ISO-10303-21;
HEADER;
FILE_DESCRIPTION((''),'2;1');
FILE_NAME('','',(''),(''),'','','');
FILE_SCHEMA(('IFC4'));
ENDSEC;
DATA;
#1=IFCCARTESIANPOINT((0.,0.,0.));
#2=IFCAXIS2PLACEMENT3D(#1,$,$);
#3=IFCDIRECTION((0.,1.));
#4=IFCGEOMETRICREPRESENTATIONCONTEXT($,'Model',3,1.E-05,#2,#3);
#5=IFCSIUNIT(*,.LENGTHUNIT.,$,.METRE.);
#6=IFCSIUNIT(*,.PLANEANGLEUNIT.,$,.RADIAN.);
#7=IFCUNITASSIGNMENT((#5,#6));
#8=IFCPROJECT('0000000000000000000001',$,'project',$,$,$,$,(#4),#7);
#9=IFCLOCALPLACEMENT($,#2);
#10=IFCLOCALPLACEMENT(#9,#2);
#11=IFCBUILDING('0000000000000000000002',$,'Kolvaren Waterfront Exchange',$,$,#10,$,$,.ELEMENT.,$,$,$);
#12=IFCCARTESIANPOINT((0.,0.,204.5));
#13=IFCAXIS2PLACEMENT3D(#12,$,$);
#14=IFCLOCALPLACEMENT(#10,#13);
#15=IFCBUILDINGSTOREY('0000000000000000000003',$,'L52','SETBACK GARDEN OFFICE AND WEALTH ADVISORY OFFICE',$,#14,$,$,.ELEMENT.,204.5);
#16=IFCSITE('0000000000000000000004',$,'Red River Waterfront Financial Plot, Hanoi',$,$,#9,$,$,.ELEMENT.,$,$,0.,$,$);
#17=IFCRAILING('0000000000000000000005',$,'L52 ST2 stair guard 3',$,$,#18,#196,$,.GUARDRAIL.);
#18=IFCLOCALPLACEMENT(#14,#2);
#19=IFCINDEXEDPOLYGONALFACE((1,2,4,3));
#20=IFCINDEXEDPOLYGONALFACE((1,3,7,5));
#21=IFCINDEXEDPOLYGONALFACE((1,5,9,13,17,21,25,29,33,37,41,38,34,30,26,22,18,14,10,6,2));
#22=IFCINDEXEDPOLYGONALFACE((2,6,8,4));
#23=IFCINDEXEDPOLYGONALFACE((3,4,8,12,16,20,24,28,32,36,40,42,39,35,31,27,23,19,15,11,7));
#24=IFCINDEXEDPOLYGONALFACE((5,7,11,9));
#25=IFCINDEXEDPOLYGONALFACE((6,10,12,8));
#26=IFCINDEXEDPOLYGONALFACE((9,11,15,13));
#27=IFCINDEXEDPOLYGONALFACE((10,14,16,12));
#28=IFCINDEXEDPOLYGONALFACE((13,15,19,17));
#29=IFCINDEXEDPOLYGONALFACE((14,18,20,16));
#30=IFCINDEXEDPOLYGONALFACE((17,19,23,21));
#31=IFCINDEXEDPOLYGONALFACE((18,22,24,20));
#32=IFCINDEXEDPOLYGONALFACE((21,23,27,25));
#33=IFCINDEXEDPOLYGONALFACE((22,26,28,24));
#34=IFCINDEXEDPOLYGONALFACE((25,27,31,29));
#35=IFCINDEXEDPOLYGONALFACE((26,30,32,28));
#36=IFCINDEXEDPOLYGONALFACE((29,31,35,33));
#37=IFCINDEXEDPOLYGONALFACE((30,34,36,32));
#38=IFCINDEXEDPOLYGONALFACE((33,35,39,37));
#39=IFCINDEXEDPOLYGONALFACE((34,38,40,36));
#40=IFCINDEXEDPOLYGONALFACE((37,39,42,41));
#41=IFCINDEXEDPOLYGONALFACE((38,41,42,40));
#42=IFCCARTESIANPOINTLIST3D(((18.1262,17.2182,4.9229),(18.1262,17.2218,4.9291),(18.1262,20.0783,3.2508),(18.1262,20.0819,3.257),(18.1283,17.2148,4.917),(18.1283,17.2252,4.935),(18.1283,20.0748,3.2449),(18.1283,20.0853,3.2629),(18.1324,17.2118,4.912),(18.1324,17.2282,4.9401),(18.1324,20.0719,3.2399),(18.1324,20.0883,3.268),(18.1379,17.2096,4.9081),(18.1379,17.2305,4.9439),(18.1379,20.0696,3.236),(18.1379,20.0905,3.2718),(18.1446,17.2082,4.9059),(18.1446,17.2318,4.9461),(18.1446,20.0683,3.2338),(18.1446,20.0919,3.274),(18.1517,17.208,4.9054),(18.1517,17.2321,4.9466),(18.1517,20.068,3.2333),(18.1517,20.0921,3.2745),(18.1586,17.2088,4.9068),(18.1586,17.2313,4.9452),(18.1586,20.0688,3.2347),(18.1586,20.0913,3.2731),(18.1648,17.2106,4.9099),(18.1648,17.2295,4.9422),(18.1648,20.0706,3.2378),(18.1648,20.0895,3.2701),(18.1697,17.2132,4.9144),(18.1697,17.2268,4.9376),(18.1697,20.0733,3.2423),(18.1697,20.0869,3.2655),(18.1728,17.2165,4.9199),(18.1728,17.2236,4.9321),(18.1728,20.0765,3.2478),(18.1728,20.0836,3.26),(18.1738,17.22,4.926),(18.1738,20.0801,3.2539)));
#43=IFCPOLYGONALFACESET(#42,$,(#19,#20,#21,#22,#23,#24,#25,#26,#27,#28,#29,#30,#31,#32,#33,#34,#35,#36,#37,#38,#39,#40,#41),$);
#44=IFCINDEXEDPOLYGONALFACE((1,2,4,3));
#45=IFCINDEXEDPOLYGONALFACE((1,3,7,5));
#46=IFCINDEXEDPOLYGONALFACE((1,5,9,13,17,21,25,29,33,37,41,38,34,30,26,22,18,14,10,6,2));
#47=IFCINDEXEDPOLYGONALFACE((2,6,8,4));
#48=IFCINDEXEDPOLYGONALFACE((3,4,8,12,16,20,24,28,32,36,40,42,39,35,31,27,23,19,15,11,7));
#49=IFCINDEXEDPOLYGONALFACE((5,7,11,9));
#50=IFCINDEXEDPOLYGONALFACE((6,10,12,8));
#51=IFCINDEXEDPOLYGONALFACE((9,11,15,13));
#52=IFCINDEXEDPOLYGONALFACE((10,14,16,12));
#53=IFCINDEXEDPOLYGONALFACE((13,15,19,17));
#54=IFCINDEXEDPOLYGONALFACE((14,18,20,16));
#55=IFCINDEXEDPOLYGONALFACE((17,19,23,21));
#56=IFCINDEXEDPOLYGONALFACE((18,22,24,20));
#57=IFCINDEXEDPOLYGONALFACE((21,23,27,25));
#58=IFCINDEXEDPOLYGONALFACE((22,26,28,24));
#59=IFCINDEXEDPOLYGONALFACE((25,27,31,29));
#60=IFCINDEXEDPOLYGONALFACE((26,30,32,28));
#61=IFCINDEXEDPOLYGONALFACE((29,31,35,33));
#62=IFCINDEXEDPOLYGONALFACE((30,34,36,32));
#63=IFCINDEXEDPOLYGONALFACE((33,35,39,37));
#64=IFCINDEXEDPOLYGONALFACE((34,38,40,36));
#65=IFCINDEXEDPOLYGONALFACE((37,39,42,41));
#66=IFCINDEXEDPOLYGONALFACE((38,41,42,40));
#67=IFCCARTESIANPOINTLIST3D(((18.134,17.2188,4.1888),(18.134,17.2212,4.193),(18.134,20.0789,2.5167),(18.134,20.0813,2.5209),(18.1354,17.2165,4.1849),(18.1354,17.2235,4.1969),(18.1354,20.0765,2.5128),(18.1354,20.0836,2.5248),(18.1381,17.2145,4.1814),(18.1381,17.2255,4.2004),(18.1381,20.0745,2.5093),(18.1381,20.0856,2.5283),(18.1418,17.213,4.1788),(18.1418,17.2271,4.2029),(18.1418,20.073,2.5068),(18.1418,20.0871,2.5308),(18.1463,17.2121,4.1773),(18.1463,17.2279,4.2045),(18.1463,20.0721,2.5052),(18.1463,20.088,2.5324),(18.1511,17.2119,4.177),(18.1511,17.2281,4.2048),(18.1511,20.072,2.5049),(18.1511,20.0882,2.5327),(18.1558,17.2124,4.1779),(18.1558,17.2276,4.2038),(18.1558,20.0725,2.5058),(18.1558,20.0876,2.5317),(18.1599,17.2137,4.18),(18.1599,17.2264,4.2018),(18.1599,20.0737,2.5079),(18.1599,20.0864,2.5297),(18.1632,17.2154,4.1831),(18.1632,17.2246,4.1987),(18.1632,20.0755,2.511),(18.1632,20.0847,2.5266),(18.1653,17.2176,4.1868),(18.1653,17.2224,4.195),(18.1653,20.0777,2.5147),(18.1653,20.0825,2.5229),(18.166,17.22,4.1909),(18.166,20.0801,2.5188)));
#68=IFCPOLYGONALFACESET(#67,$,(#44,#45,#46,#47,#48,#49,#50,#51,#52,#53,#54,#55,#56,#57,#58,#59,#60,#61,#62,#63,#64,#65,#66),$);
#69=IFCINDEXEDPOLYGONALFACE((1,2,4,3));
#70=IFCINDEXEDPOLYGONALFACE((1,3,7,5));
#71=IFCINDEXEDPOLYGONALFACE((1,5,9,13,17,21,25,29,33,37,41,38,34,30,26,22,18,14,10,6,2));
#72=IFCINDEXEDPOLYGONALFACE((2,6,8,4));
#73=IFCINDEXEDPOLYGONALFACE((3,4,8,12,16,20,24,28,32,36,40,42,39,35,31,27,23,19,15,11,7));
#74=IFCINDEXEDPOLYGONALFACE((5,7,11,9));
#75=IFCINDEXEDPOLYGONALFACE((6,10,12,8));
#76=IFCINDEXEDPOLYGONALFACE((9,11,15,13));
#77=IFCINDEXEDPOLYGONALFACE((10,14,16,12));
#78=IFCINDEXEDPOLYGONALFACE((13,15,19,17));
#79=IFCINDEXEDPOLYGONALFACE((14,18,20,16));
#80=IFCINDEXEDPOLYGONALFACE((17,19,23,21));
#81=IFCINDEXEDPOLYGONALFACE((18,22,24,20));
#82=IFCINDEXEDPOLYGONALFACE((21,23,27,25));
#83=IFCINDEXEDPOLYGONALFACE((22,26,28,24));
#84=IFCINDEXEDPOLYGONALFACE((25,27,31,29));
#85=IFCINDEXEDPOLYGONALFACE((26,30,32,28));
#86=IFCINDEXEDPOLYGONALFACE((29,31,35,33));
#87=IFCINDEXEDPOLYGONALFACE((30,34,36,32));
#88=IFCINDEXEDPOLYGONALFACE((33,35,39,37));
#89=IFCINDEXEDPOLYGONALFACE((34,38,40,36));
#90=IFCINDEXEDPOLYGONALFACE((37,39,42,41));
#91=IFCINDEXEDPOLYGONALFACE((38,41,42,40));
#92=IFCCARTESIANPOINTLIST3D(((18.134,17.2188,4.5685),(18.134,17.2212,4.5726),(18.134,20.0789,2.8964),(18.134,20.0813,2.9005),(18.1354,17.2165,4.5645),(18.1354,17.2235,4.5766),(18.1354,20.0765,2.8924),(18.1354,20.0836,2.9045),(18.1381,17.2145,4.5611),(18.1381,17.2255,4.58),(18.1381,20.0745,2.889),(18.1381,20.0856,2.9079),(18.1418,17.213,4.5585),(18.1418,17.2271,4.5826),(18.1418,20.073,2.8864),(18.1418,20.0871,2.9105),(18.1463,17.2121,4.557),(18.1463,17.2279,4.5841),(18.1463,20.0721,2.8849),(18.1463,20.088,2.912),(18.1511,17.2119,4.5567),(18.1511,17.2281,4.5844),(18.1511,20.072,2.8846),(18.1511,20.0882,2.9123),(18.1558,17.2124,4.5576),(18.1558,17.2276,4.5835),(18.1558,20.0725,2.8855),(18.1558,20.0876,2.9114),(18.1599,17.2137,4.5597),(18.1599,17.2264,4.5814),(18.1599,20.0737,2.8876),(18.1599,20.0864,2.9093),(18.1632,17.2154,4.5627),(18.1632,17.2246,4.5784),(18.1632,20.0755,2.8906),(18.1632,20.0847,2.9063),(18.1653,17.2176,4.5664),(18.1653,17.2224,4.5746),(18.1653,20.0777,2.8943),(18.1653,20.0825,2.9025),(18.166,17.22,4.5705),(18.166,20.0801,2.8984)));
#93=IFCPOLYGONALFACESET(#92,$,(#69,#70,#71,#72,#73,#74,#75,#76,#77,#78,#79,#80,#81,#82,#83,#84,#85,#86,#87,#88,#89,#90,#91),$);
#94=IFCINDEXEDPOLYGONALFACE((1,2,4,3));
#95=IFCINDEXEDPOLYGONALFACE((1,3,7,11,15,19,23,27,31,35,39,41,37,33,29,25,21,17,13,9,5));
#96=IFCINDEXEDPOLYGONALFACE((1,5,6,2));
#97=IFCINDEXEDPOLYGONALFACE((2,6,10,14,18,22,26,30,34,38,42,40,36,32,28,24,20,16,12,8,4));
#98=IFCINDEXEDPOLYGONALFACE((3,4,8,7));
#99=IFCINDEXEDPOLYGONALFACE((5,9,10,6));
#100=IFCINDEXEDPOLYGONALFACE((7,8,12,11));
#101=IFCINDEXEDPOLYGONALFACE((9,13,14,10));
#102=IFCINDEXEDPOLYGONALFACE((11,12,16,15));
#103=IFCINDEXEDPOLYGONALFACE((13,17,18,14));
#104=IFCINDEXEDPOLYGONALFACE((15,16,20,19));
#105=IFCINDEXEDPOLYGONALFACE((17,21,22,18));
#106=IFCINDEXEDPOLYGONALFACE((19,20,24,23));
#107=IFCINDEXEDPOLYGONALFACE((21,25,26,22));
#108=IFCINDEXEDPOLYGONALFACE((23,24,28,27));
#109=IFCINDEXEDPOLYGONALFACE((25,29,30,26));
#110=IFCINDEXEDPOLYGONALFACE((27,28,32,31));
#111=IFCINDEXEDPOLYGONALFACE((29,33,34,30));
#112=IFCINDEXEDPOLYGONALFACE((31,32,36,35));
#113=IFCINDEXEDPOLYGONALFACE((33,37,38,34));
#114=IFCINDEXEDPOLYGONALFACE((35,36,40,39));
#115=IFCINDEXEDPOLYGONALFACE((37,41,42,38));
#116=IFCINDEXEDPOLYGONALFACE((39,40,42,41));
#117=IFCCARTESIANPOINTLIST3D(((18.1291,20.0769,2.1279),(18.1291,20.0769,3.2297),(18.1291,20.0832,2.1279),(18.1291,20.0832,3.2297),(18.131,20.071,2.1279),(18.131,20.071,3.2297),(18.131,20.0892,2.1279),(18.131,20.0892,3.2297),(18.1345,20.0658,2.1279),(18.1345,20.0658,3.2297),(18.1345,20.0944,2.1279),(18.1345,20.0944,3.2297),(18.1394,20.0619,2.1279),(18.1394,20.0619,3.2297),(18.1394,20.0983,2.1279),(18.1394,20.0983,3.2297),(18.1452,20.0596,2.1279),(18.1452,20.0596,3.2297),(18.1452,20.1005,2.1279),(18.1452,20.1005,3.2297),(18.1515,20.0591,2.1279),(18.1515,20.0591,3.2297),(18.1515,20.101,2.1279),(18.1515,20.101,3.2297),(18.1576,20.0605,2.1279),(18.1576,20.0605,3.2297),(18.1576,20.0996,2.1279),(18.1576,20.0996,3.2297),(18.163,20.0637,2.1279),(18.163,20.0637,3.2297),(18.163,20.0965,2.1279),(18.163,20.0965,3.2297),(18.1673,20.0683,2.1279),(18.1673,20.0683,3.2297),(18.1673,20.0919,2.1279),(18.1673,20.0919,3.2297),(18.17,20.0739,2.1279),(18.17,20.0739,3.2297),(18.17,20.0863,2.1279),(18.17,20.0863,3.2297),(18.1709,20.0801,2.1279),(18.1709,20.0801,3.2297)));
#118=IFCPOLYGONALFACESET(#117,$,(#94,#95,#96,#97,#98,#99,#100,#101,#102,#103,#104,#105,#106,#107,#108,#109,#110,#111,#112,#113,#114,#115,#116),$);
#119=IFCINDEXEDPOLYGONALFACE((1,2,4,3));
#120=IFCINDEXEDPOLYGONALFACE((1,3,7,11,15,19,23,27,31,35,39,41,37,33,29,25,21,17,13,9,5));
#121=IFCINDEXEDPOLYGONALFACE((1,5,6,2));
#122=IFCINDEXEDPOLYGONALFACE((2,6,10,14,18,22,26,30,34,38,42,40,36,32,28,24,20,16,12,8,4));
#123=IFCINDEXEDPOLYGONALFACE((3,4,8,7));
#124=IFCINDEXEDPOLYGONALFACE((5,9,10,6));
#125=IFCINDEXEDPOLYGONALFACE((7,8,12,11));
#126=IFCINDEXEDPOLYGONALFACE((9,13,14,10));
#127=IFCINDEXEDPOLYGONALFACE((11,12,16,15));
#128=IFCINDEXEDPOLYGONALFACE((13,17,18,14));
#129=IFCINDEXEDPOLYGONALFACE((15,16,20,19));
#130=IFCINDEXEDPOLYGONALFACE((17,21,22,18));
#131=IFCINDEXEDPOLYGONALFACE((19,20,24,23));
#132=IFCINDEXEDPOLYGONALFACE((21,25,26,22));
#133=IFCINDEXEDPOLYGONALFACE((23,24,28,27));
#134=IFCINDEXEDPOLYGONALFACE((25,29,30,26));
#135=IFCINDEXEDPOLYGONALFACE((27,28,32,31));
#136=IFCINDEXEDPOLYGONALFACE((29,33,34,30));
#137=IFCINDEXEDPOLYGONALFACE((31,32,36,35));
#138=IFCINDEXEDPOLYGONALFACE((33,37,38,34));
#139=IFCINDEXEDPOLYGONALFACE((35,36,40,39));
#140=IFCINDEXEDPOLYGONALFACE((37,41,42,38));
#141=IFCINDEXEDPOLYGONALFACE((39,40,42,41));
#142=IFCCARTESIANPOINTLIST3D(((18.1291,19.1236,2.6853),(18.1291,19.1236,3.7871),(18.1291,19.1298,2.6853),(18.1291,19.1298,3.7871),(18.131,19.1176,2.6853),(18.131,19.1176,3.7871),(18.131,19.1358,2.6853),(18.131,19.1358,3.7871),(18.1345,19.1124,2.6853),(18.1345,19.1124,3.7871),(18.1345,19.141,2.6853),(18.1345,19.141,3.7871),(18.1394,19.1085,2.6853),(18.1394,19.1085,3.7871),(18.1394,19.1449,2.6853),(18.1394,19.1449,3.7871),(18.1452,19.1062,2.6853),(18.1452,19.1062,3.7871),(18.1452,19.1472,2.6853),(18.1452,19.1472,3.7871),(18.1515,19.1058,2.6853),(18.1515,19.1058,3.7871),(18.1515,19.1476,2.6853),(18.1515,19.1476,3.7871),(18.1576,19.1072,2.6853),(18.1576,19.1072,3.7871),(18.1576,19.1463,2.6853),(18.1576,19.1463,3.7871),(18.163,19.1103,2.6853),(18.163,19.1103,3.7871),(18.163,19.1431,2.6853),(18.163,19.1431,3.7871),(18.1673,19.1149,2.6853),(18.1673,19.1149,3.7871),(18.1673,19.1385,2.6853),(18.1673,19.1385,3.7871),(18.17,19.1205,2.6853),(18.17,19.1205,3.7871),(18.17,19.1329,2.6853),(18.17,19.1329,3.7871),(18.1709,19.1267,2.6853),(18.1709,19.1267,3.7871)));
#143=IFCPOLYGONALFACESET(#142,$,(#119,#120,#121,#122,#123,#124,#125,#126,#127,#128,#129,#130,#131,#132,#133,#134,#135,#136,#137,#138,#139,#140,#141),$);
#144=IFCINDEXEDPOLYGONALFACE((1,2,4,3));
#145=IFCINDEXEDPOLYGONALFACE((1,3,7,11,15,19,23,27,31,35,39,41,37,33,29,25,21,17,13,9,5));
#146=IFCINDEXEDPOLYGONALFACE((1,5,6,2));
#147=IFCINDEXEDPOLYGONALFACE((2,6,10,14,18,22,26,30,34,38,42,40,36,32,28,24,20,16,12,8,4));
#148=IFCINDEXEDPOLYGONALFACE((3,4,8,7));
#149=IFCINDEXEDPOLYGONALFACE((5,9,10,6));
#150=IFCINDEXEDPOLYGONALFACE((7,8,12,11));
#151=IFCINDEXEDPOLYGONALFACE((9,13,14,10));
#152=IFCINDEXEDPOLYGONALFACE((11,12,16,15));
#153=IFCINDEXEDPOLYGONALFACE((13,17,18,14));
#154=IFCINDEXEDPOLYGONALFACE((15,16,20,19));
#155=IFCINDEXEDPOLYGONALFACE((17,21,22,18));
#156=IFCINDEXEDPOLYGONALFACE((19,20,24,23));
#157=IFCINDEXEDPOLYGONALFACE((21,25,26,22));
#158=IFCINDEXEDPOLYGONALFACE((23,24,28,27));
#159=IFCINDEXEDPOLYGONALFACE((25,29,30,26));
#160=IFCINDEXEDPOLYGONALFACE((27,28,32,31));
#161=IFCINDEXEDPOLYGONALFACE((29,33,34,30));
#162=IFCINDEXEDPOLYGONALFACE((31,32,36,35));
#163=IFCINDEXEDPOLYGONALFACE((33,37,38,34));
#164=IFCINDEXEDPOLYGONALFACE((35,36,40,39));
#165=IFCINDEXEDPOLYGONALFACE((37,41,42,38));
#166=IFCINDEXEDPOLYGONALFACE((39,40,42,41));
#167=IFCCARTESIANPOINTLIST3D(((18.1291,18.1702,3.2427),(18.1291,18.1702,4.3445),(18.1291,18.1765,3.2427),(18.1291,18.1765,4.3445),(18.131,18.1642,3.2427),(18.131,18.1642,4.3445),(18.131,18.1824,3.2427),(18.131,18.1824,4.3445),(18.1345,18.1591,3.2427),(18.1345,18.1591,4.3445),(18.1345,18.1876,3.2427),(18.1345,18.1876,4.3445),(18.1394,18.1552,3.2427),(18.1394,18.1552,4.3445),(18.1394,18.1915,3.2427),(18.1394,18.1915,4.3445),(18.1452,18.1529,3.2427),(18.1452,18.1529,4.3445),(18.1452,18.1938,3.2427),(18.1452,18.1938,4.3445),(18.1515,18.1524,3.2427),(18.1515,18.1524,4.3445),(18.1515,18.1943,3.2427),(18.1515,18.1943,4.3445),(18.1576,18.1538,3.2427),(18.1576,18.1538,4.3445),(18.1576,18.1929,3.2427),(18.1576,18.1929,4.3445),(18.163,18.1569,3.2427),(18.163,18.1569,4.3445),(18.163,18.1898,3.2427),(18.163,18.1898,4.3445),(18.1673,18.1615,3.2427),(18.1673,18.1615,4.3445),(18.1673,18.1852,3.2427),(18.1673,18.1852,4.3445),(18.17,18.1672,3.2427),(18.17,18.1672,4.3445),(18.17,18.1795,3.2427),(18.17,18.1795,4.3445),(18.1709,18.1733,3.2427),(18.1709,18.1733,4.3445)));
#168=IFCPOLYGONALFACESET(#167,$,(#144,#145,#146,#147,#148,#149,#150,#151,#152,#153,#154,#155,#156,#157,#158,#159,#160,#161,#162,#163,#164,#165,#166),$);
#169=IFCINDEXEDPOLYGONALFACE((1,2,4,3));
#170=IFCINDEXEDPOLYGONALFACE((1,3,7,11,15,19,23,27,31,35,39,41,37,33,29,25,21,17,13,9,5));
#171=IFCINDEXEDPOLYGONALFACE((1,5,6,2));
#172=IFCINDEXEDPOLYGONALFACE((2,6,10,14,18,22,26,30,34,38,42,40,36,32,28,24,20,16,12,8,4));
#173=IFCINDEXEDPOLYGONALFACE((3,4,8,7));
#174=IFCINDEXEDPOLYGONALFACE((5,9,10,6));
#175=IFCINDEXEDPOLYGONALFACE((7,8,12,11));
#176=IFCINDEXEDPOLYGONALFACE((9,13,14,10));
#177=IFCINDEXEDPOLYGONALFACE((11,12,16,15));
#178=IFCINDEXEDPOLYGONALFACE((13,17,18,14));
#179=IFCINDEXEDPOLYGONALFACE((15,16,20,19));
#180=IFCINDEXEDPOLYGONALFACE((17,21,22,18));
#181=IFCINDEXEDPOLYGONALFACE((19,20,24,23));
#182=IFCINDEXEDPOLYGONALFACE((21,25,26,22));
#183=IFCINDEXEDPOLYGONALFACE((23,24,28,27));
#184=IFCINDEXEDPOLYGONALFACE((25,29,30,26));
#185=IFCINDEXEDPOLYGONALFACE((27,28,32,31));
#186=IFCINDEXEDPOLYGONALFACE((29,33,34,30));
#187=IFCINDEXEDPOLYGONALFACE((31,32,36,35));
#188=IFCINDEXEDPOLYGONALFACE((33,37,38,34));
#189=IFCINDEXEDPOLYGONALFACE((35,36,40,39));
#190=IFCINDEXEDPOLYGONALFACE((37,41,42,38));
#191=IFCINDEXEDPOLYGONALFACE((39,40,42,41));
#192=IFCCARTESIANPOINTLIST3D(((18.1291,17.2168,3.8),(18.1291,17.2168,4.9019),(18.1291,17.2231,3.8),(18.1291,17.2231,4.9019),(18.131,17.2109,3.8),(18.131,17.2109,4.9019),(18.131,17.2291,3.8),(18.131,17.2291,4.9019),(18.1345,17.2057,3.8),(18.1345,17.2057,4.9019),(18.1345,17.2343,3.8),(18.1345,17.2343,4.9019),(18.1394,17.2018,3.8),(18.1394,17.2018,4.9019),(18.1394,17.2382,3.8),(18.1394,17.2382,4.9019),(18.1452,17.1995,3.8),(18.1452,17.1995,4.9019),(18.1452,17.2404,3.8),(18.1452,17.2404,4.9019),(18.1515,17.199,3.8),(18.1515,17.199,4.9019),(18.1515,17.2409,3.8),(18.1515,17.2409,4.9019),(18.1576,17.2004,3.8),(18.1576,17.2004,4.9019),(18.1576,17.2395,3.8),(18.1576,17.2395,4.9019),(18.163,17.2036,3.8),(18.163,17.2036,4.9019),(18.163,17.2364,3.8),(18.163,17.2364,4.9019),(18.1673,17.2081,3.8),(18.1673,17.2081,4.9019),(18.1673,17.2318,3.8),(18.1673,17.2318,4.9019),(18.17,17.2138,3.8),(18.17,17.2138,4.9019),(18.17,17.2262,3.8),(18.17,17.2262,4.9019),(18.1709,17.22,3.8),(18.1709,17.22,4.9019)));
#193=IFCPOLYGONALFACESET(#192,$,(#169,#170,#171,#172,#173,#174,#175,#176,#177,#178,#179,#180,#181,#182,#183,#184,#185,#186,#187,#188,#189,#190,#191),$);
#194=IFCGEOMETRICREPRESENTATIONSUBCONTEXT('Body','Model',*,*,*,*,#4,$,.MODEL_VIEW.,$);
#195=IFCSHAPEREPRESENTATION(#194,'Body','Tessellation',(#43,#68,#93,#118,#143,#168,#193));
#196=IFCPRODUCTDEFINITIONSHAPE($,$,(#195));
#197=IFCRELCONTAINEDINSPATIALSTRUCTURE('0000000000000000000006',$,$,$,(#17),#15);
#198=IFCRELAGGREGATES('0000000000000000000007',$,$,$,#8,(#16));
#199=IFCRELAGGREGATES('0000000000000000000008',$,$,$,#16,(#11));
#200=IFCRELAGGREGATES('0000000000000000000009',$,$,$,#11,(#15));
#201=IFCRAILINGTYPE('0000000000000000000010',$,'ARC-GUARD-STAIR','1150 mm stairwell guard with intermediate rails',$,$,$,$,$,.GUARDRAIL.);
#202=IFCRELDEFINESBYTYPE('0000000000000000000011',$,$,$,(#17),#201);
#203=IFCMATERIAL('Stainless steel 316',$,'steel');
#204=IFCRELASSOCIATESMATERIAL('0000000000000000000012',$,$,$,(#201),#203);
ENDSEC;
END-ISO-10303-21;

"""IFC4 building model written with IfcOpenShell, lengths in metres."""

from ifc_helpers import new_model, si_unit, direction, frame, origin, origin_2d, place, context, subcontext, project, spatial, circle, extrude, material, type_object, element, save


model = new_model("IFC4")

# Units and contexts
model_context = context("Model", 3, precision=1e-05, world=origin(), true_north=direction((0.0, 1.0)))
body_context = subcontext(model_context, "Body", "Model", "MODEL_VIEW")
ifc_project = project(units=[si_unit("LENGTHUNIT", "METRE"), si_unit("PLANEANGLEUNIT", "RADIAN")], contexts=[model_context])

# Site, building, storey
site_placement = place(None, origin())
site = spatial("IfcSite", under=ifc_project, at=site_placement, Name="Red River Waterfront Financial Plot, Hanoi", CompositionType="ELEMENT", RefElevation=0.0)
building_placement = place(site_placement, origin())
building = spatial("IfcBuilding", under=site, at=building_placement, Name="Kolvaren Waterfront Exchange", CompositionType="ELEMENT")
storey_placement = place(building_placement, frame((0.0, 0.0, 204.5)))
storey = spatial("IfcBuildingStorey", under=building, at=storey_placement, Name="L52", Description="SETBACK GARDEN OFFICE AND WEALTH ADVISORY OFFICE", CompositionType="ELEMENT", Elevation=204.5)

# Railing
ifc_material_1 = material(Name="Stainless steel 316", Category="steel")
railing_type_1 = type_object("IfcRailingType", Name="ARC-GUARD-STAIR", Description="1150 mm stairwell guard with intermediate rails", PredefinedType="GUARDRAIL", material=ifc_material_1)
railing_1_placement = place(storey_placement, frame((18.1499, 20.0801, 2.1279)))
element("IfcRailing", 1, at=railing_1_placement, inside=storey, type_object=railing_type_1, Name="L52 ST2 stair guard 3", PredefinedType="GUARDRAIL", context=body_context, shape_type="SweptSolid", body=[
    extrude(circle(Radius=0.0239, at=origin_2d()), frame((0.0, 0.0, 1.126), z_axis=(0.0, -0.863289, 0.504709), x_axis=(1.0, 0.0, 0.0)), (0.0, 0.0, 1.0), 3.313),
    extrude(circle(Radius=0.0161, at=origin_2d()), frame((0.0, 0.0, 0.3909), z_axis=(0.0, -0.863289, 0.504709), x_axis=(1.0, 0.0, 0.0)), (0.0, 0.0, 1.0), 3.313),
    extrude(circle(Radius=0.0161, at=origin_2d()), frame((0.0, 0.0, 0.7705), z_axis=(0.0, -0.863289, 0.504709), x_axis=(1.0, 0.0, 0.0)), (0.0, 0.0, 1.0), 3.313),
    extrude(circle(Radius=0.021, at=origin_2d()), origin(), (0.0, 0.0, 1.0), 1.1018),
    extrude(circle(Radius=0.021, at=origin_2d()), frame((0.0, -0.9534, 0.5574)), (0.0, 0.0, 1.0), 1.1018),
    extrude(circle(Radius=0.021, at=origin_2d()), frame((0.0, -1.9067, 1.1147)), (0.0, 0.0, 1.0), 1.1018),
    extrude(circle(Radius=0.021, at=origin_2d()), frame((0.0, -2.8601, 1.6721)), (0.0, 0.0, 1.0), 1.1018),
])

save(model, "model.ifc")
